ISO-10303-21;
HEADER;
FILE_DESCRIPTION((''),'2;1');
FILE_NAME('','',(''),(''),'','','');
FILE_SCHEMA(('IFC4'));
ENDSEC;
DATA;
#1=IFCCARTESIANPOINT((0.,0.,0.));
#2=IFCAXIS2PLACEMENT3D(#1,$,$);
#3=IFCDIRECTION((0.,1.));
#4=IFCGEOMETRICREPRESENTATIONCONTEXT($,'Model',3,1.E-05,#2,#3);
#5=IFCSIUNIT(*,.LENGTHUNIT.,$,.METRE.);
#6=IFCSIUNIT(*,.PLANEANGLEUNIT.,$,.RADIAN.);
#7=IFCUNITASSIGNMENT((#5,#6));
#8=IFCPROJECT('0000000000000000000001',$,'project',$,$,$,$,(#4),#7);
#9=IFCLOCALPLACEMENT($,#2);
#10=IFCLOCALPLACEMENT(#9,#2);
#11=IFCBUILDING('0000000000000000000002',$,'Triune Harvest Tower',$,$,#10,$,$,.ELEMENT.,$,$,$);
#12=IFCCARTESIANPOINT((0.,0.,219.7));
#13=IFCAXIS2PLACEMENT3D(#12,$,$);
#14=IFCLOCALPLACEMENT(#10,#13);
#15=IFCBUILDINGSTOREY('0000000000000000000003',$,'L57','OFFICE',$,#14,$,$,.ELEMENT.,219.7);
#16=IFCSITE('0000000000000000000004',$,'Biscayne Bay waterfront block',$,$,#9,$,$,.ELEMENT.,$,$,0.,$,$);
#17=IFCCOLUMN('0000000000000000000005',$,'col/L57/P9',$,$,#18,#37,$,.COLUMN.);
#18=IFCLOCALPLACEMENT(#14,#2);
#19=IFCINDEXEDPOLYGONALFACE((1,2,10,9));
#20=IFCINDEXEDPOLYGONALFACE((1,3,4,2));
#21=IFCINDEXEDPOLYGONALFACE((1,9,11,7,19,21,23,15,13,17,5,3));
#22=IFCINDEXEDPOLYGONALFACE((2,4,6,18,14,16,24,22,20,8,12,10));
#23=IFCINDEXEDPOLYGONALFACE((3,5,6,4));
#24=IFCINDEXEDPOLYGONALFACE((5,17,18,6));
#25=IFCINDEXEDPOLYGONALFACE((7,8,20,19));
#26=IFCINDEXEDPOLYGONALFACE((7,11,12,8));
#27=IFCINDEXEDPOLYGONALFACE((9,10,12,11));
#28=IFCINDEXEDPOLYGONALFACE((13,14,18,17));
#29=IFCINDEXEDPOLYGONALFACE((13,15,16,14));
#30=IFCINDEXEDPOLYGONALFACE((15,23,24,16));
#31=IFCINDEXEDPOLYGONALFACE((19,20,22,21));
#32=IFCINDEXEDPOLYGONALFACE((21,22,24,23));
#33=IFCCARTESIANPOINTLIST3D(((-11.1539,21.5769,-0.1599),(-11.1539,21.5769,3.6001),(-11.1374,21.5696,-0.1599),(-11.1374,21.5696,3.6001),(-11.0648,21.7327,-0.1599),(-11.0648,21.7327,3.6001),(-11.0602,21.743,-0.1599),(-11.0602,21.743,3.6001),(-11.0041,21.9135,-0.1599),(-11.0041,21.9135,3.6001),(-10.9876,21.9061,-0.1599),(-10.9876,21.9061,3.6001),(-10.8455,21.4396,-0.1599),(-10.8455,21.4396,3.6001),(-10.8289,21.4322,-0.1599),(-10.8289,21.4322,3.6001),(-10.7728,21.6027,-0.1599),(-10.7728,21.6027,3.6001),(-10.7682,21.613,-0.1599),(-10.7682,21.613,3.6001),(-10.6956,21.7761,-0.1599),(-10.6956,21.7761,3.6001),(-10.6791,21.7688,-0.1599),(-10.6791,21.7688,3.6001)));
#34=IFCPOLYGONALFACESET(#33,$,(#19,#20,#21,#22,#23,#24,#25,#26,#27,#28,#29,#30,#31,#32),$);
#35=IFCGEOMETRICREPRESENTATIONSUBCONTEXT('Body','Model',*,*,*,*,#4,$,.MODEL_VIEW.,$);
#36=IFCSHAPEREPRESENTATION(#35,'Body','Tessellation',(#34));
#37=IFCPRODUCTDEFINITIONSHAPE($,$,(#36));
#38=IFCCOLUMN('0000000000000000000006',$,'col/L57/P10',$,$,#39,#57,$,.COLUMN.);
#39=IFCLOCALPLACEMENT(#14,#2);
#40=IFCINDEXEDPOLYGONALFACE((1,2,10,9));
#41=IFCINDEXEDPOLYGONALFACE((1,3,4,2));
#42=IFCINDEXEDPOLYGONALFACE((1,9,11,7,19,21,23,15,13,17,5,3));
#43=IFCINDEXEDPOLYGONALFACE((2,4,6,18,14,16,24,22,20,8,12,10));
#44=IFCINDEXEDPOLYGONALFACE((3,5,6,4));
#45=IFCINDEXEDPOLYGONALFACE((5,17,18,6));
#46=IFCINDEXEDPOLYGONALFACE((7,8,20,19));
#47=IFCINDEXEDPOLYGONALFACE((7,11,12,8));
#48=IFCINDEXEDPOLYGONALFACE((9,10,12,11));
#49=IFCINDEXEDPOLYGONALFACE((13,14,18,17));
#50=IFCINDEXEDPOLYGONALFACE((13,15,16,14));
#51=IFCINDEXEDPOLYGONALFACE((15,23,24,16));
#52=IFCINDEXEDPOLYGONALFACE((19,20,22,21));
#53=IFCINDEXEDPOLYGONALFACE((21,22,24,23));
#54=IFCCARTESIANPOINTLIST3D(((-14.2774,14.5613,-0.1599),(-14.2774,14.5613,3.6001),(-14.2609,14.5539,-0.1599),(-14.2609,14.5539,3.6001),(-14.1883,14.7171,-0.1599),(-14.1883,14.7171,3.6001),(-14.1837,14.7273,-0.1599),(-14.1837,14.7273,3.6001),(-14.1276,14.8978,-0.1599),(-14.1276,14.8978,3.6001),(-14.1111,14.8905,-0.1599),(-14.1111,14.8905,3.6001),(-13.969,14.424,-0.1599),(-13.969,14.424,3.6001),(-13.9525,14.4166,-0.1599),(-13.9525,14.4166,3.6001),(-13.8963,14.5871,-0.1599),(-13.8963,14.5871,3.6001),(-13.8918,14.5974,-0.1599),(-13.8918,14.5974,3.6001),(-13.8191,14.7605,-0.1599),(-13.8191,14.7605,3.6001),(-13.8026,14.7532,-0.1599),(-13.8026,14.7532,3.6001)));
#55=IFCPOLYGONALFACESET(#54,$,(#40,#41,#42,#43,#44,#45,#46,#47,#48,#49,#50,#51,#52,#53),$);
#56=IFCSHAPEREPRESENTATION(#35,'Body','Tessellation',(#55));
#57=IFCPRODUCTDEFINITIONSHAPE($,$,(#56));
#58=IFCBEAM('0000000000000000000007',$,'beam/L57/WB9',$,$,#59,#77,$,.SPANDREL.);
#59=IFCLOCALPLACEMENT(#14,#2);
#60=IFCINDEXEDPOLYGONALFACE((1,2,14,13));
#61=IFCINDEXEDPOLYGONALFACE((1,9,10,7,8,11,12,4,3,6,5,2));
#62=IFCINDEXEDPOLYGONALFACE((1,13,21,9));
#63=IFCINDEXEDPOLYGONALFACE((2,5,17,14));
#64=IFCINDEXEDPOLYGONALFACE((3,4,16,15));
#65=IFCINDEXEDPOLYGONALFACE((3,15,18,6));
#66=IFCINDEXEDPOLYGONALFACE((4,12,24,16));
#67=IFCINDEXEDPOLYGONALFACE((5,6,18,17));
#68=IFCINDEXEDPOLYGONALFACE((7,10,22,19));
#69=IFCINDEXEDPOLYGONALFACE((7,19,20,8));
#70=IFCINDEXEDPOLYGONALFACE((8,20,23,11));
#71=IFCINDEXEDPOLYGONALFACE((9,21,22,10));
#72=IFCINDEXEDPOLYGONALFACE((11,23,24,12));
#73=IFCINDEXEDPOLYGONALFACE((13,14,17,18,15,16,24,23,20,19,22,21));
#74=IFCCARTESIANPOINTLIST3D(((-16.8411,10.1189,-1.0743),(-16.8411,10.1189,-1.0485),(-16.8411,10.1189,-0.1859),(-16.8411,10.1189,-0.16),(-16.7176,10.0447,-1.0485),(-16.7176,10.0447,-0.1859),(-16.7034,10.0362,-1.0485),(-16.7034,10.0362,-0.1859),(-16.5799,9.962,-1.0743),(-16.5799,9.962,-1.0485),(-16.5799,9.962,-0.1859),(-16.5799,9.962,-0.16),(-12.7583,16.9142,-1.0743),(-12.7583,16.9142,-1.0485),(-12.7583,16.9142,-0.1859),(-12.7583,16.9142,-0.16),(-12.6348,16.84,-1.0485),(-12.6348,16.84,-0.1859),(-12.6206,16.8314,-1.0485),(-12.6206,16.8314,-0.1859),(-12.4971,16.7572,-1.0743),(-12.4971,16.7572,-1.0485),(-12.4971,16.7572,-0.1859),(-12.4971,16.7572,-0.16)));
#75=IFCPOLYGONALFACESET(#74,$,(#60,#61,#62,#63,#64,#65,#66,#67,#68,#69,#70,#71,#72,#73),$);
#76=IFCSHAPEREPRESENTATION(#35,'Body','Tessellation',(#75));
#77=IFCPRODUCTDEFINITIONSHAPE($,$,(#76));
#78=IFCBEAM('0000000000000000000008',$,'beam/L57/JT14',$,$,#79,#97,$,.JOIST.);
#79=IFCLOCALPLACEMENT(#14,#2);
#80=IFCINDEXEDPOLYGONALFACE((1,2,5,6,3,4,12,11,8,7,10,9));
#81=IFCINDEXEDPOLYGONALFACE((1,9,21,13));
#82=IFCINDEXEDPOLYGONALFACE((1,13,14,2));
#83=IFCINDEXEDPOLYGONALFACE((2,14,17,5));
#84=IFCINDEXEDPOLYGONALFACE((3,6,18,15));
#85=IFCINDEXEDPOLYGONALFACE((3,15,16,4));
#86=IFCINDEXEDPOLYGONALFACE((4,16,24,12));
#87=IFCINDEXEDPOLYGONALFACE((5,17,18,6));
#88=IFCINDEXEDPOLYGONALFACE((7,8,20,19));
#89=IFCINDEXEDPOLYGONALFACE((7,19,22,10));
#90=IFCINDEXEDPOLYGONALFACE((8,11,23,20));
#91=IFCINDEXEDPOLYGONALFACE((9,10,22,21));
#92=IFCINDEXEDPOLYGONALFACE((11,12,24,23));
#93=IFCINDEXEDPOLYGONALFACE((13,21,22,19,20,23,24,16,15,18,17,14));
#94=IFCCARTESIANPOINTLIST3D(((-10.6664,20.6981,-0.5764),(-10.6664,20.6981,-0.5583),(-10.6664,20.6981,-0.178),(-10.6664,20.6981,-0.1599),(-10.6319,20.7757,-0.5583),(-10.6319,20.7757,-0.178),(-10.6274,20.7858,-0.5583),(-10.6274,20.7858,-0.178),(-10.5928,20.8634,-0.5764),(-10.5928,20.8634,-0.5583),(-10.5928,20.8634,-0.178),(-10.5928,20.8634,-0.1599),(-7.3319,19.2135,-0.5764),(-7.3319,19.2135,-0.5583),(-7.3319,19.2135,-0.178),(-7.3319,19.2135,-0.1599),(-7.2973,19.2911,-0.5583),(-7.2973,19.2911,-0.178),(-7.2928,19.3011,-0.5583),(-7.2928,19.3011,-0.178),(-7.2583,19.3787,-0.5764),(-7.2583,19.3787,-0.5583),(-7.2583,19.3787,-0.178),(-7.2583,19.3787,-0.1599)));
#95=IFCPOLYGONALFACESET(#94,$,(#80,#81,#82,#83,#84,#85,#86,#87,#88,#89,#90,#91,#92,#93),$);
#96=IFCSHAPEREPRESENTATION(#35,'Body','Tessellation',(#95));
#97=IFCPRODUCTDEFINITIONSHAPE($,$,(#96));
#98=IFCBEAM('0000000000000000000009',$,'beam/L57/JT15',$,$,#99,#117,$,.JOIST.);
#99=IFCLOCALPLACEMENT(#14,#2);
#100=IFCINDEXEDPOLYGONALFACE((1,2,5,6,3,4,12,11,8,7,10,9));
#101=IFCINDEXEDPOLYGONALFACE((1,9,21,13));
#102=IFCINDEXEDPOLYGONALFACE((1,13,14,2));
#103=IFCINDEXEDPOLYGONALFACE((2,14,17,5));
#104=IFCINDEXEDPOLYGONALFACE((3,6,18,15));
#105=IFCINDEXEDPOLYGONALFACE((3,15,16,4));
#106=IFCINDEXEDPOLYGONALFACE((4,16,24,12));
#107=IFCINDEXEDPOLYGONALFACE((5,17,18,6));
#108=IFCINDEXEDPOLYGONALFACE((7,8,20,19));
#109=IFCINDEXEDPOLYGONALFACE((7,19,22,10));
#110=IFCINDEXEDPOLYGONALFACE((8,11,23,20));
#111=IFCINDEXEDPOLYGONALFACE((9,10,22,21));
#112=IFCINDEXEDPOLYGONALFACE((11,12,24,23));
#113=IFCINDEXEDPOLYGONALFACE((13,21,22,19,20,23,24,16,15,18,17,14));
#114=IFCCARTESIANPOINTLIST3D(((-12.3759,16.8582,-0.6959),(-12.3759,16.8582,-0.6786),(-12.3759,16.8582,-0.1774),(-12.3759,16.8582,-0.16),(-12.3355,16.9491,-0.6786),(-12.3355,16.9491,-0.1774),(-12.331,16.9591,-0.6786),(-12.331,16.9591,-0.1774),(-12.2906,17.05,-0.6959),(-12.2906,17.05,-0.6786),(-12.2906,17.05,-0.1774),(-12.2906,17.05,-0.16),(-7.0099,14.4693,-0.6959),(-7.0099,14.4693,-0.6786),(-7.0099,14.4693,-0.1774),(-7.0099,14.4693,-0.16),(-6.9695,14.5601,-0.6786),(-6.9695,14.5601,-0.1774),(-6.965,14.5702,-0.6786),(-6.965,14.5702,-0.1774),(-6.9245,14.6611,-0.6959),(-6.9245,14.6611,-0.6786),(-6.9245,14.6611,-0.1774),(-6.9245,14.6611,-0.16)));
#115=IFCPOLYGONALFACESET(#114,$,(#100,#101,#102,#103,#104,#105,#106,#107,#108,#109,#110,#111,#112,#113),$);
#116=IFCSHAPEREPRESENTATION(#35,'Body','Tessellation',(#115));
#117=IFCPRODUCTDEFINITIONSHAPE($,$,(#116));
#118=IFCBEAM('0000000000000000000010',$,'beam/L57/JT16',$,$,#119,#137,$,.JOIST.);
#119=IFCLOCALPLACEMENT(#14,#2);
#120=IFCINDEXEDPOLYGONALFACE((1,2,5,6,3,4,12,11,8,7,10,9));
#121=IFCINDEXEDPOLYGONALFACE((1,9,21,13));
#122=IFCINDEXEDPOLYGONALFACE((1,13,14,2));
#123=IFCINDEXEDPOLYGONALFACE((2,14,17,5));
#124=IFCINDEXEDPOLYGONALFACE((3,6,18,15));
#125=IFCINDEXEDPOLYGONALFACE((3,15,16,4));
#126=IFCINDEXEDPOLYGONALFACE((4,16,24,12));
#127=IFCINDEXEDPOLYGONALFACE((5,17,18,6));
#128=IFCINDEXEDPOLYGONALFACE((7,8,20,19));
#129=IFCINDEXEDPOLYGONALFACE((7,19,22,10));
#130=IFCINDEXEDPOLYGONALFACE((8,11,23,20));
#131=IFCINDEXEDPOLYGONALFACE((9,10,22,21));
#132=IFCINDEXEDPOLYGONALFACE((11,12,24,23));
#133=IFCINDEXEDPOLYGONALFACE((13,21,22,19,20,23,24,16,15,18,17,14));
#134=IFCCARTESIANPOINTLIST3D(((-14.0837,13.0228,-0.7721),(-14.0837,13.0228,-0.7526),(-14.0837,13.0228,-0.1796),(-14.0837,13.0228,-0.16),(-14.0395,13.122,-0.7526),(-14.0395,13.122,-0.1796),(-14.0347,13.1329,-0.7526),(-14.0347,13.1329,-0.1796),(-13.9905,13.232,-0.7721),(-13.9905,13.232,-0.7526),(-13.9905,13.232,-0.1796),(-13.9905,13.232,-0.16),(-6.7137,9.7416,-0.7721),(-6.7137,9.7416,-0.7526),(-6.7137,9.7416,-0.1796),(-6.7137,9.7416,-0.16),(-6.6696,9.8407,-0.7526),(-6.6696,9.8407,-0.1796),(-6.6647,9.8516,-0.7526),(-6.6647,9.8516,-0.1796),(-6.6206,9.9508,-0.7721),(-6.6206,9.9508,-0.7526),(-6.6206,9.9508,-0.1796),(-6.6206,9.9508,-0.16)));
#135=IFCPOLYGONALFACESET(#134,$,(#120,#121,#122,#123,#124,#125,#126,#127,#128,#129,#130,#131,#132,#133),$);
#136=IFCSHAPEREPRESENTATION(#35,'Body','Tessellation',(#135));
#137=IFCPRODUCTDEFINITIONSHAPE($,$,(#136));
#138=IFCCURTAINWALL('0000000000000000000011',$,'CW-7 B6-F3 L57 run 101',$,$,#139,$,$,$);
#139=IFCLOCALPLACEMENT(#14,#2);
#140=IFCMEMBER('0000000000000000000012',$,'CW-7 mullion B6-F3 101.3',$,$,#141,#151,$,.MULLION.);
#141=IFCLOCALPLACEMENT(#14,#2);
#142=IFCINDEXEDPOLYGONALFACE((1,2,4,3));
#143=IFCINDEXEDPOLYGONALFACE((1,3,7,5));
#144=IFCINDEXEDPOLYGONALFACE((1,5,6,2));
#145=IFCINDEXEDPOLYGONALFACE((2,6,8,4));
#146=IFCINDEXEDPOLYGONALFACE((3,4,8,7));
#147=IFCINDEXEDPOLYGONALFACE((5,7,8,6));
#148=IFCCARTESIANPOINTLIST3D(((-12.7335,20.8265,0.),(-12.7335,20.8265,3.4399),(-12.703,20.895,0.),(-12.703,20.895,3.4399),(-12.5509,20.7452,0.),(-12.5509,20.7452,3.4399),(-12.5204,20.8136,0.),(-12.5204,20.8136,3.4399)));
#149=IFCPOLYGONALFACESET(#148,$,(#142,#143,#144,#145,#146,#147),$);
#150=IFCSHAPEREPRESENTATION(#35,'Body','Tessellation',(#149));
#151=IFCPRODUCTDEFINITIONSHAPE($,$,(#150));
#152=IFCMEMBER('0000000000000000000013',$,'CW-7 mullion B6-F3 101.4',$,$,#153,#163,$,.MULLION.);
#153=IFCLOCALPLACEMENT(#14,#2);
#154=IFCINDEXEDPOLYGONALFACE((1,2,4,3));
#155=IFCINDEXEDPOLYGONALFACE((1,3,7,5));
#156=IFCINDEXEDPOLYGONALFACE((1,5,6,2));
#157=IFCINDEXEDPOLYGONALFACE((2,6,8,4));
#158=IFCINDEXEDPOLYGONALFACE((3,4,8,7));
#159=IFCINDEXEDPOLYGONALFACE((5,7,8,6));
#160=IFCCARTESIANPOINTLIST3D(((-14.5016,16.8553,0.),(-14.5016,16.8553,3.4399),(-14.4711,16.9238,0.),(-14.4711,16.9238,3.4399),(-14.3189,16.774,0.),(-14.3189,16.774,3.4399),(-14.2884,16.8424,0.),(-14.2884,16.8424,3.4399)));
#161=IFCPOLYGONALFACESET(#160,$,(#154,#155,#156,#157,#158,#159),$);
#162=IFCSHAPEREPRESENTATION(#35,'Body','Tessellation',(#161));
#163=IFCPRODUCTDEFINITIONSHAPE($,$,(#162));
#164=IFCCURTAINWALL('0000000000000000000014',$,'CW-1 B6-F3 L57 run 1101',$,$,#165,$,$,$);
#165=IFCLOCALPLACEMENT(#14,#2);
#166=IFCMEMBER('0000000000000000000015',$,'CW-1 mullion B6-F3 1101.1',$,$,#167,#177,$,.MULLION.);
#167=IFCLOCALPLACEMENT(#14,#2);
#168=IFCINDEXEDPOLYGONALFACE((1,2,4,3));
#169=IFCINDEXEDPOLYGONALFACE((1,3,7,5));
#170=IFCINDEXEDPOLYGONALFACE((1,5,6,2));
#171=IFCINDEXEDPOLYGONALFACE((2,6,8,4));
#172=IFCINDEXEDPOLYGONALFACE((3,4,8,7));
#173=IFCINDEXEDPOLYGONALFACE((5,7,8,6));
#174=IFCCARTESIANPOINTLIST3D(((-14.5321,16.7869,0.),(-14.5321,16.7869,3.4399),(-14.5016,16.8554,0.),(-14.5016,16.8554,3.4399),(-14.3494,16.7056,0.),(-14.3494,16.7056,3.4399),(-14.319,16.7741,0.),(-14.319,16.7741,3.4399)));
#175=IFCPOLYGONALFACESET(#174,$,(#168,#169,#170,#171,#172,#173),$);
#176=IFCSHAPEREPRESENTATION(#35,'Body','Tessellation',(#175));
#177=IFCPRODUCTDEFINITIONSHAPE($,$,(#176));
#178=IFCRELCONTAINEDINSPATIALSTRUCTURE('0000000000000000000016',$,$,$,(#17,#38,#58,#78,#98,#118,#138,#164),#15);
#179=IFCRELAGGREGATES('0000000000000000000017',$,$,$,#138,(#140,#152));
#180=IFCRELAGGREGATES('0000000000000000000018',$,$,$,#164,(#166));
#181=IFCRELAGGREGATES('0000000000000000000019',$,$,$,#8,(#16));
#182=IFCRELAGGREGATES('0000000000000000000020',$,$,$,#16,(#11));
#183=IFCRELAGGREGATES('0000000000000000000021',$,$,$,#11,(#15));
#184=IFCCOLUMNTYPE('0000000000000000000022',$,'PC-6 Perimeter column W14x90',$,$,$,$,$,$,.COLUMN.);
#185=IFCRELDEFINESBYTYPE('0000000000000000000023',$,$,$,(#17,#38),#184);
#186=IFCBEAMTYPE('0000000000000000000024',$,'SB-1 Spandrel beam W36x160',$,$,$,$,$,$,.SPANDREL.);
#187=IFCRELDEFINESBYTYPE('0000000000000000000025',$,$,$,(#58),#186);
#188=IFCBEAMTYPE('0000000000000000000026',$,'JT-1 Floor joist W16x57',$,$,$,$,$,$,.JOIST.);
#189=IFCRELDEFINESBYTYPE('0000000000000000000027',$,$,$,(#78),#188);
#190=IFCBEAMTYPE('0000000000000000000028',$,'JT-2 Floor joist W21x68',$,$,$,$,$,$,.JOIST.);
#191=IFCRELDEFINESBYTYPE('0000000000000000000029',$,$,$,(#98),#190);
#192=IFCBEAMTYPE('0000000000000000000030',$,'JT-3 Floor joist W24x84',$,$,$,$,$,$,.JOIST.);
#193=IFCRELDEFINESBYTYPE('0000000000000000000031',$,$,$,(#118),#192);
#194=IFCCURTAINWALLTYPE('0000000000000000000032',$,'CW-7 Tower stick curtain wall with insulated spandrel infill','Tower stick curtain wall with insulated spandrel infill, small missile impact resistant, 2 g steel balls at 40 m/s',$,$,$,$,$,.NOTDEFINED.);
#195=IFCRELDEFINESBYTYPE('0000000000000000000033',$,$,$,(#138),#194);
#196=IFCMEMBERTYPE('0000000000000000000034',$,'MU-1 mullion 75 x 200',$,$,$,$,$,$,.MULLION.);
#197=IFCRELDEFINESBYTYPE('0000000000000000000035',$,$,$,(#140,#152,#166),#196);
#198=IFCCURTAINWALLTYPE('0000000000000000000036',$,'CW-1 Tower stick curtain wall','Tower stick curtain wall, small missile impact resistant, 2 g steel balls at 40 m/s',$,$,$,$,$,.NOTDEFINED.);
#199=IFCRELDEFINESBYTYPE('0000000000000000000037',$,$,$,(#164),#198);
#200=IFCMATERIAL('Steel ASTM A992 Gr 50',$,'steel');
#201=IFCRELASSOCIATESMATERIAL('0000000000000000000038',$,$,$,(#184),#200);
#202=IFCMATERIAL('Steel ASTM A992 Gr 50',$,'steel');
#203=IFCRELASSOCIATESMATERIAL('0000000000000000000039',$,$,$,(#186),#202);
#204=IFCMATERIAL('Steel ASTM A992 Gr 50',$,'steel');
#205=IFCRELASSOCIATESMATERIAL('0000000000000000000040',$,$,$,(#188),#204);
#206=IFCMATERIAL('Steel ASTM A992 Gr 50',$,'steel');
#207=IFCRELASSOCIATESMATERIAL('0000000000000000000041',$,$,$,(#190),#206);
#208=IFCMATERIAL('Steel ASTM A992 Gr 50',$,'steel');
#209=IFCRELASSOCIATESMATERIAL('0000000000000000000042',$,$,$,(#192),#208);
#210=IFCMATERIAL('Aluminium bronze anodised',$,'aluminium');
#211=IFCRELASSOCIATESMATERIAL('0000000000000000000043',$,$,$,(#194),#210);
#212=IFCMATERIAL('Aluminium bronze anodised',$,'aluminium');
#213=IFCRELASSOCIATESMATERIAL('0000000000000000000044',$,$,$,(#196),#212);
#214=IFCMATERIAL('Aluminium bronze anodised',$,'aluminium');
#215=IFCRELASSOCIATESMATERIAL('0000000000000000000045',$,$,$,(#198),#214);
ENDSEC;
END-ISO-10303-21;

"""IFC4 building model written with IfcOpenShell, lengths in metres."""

from ifc_helpers import new_model, si_unit, direction, frame, origin, origin_2d, place, context, subcontext, project, spatial, rectangle, i_section, extrude, source, transform, mapped, material, material_profile, profile_set, type_object, element, aggregate, save


model = new_model("IFC4")

# Units and contexts
model_context = context("Model", 3, precision=1e-05, world=origin(), true_north=direction((0.0, 1.0)))
body_context = subcontext(model_context, "Body", "Model", "MODEL_VIEW")
ifc_project = project(units=[si_unit("LENGTHUNIT", "METRE"), si_unit("PLANEANGLEUNIT", "RADIAN")], contexts=[model_context])

# Site, building, storey
site_placement = place(None, origin())
site = spatial("IfcSite", under=ifc_project, at=site_placement, Name="Biscayne Bay waterfront block", CompositionType="ELEMENT", RefElevation=0.0)
building_placement = place(site_placement, origin())
building = spatial("IfcBuilding", under=site, at=building_placement, Name="Triune Harvest Tower", CompositionType="ELEMENT")
storey_placement = place(building_placement, frame((0.0, 0.0, 219.7)))
storey = spatial("IfcBuildingStorey", under=building, at=storey_placement, Name="L57", Description="OFFICE", CompositionType="ELEMENT", Elevation=219.7)

# Columns
ifc_material_1 = material(Name="Steel ASTM A992 Gr 50", Category="steel")
ifc_material_profile_1 = material_profile(ifc_material_1, i_section(OverallWidth=0.3684, OverallDepth=0.3557, WebThickness=0.0112, FlangeThickness=0.0181, at=origin_2d()), Name="W14x90")
ifc_profile_set_1 = profile_set([ifc_material_profile_1], Name="Steel ASTM A992 Gr 50")
column_type = type_object("IfcColumnType", Name="PC-6 Perimeter column W14x90", PredefinedType="COLUMN", material=ifc_profile_set_1)
shared_shape_1 = source(origin(), body_context, "Body", "SweptSolid", [
    extrude(i_section(OverallWidth=0.3684, OverallDepth=0.3557, WebThickness=0.0112, FlangeThickness=0.0181, at=origin_2d()), origin(), (0.0, 0.0, 1.0), 3.76),
])
for number, where, z_axis, x_axis, name in (
    (1, (-10.9165, 21.6729, -0.1599), (0.0, 0.0, 1.0), (-0.406738, -0.913545, 0.0), "col/L57/P9"),
    (2, (-14.04, 14.6572, -0.1599), (0.0, 0.0, 1.0), (-0.406738, -0.913545, 0.0), "col/L57/P10"),
):
    element("IfcColumn", number, at=place(storey_placement, frame(where, z_axis=z_axis, x_axis=x_axis)), inside=storey, type_object=column_type, Name=name, PredefinedType="COLUMN", context=body_context, shape_type="MappedRepresentation", body=[
        mapped(shared_shape_1, transform((0.0, 0.0, 0.0), scale=1.0)),
    ])

# Beams
ifc_material_2 = material(Name="Steel ASTM A992 Gr 50", Category="steel")
ifc_material_profile_2 = material_profile(ifc_material_2, i_section(OverallWidth=0.3047, OverallDepth=0.9143, WebThickness=0.0166, FlangeThickness=0.0259, at=origin_2d()), Name="W36x160")
ifc_profile_set_2 = profile_set([ifc_material_profile_2], Name="Steel ASTM A992 Gr 50")
beam_type_1 = type_object("IfcBeamType", Name="SB-1 Spandrel beam W36x160", PredefinedType="SPANDREL", material=ifc_profile_set_2)
beam_1_placement = place(storey_placement, frame((-12.6277, 16.8357, -0.6172), z_axis=(-0.515021, -0.857178, 0.0), x_axis=(0.857178, -0.515021, 0.0)))
element("IfcBeam", 3, at=beam_1_placement, inside=storey, type_object=beam_type_1, Name="beam/L57/WB9", PredefinedType="SPANDREL", context=body_context, shape_type="SweptSolid", body=[
    extrude(i_section(OverallWidth=0.3047, OverallDepth=0.9143, WebThickness=0.0166, FlangeThickness=0.0259, at=origin_2d()), origin(), (0.0, 0.0, 1.0), 7.9275),
])
ifc_material_3 = material(Name="Steel ASTM A992 Gr 50", Category="steel")
ifc_material_profile_3 = material_profile(ifc_material_3, i_section(OverallWidth=0.1809, OverallDepth=0.4165, WebThickness=0.011, FlangeThickness=0.0181, at=origin_2d()), Name="W16x57")
ifc_profile_set_3 = profile_set([ifc_material_profile_3], Name="Steel ASTM A992 Gr 50")
beam_type_2 = type_object("IfcBeamType", Name="JT-1 Floor joist W16x57", PredefinedType="JOIST", material=ifc_profile_set_3)
shared_shape_2 = source(origin(), body_context, "Body", "SweptSolid", [
    extrude(i_section(OverallWidth=0.1809, OverallDepth=0.4165, WebThickness=0.011, FlangeThickness=0.0181, at=origin_2d()), origin(), (0.0, 0.0, 1.0), 3.6501),
])
beam_2_placement = place(storey_placement, frame((-10.6296, 20.7808, -0.3682), z_axis=(0.913544, -0.40674, 0.0), x_axis=(0.40674, 0.913544, 0.0)))
element("IfcBeam", 4, at=beam_2_placement, inside=storey, type_object=beam_type_2, Name="beam/L57/JT14", PredefinedType="JOIST", context=body_context, shape_type="MappedRepresentation", body=[
    mapped(shared_shape_2, transform((0.0, 0.0, 0.0), scale=1.0)),
])
ifc_material_4 = material(Name="Steel ASTM A992 Gr 50", Category="steel")
ifc_material_profile_4 = material_profile(ifc_material_4, i_section(OverallWidth=0.21, OverallDepth=0.5359, WebThickness=0.011, FlangeThickness=0.0173, at=origin_2d()), Name="W21x68")
ifc_profile_set_4 = profile_set([ifc_material_profile_4], Name="Steel ASTM A992 Gr 50")
beam_type_3 = type_object("IfcBeamType", Name="JT-2 Floor joist W21x68", PredefinedType="JOIST", material=ifc_profile_set_4)
shared_shape_3 = source(origin(), body_context, "Body", "SweptSolid", [
    extrude(i_section(OverallWidth=0.21, OverallDepth=0.5359, WebThickness=0.011, FlangeThickness=0.0173, at=origin_2d()), origin(), (0.0, 0.0, 1.0), 5.8738),
])
beam_3_placement = place(storey_placement, frame((-12.3333, 16.9541, -0.428), z_axis=(0.913556, -0.406713, 0.0), x_axis=(0.406713, 0.913556, 0.0)))
element("IfcBeam", 5, at=beam_3_placement, inside=storey, type_object=beam_type_3, Name="beam/L57/JT15", PredefinedType="JOIST", context=body_context, shape_type="MappedRepresentation", body=[
    mapped(shared_shape_3, transform((0.0, 0.0, 0.0), scale=1.0)),
])
ifc_material_5 = material(Name="Steel ASTM A992 Gr 50", Category="steel")
ifc_material_profile_5 = material_profile(ifc_material_5, i_section(OverallWidth=0.229, OverallDepth=0.6121, WebThickness=0.012, FlangeThickness=0.0195, at=origin_2d()), Name="W24x84")
ifc_profile_set_5 = profile_set([ifc_material_profile_5], Name="Steel ASTM A992 Gr 50")
beam_type_4 = type_object("IfcBeamType", Name="JT-3 Floor joist W24x84", PredefinedType="JOIST", material=ifc_profile_set_5)
shared_shape_4 = source(origin(), body_context, "Body", "SweptSolid", [
    extrude(i_section(OverallWidth=0.229, OverallDepth=0.6121, WebThickness=0.012, FlangeThickness=0.0195, at=origin_2d()), origin(), (0.0, 0.0, 1.0), 8.0674),
])
beam_4_placement = place(storey_placement, frame((-14.0371, 13.1274, -0.4661), z_axis=(0.913547, -0.406734, 0.0), x_axis=(0.406734, 0.913547, 0.0)))
element("IfcBeam", 6, at=beam_4_placement, inside=storey, type_object=beam_type_4, Name="beam/L57/JT16", PredefinedType="JOIST", context=body_context, shape_type="MappedRepresentation", body=[
    mapped(shared_shape_4, transform((0.0, 0.0, 0.0), scale=1.0)),
])

# Curtain walls, members
ifc_material_6 = material(Name="Aluminium bronze anodised", Category="aluminium")
curtain_wall_type_1 = type_object("IfcCurtainWallType", Name="CW-7 Tower stick curtain wall with insulated spandrel infill", Description="Tower stick curtain wall with insulated spandrel infill, small missile impact resistant, 2 g steel balls at 40 m/s", PredefinedType="NOTDEFINED", material=ifc_material_6)
curtain_wall_1_placement = place(storey_placement, origin())
curtain_wall_1 = element("IfcCurtainWall", 7, at=curtain_wall_1_placement, inside=storey, type_object=curtain_wall_type_1, Name="CW-7 B6-F3 L57 run 101")
ifc_material_7 = material(Name="Aluminium bronze anodised", Category="aluminium")
ifc_material_profile_6 = material_profile(ifc_material_7, rectangle(XDim=0.2, YDim=0.075, at=origin_2d()), Name="MU-1 mullion 75 x 200")
ifc_profile_set_6 = profile_set([ifc_material_profile_6], Name="Aluminium bronze anodised")
member_type_1 = type_object("IfcMemberType", Name="MU-1 mullion 75 x 200", PredefinedType="MULLION", material=ifc_profile_set_6)
shared_shape_5 = source(origin(), body_context, "Body", "SweptSolid", [
    extrude(rectangle(XDim=0.2, YDim=0.075, at=origin_2d()), origin(), (0.0, 0.0, 1.0), 3.4399),
])
member_1_placement = place(storey_placement, frame((-12.627, 20.8201, 0.0), z_axis=(0.0, 0.0, 1.0), x_axis=(0.913543, -0.406743, 0.0)))
member_1 = element("IfcMember", 8, at=member_1_placement, type_object=member_type_1, Name="CW-7 mullion B6-F3 101.3", PredefinedType="MULLION", context=body_context, shape_type="MappedRepresentation", body=[
    mapped(shared_shape_5, transform((0.0, 0.0, 0.0), scale=1.0)),
])
member_2_placement = place(storey_placement, frame((-14.395, 16.8489, 0.0), z_axis=(0.0, 0.0, 1.0), x_axis=(0.913543, -0.406743, 0.0)))
member_2 = element("IfcMember", 9, at=member_2_placement, type_object=member_type_1, Name="CW-7 mullion B6-F3 101.4", PredefinedType="MULLION", context=body_context, shape_type="MappedRepresentation", body=[
    mapped(shared_shape_5, transform((0.0, 0.0, 0.0), scale=1.0)),
])
ifc_material_8 = material(Name="Aluminium bronze anodised", Category="aluminium")
curtain_wall_type_2 = type_object("IfcCurtainWallType", Name="CW-1 Tower stick curtain wall", Description="Tower stick curtain wall, small missile impact resistant, 2 g steel balls at 40 m/s", PredefinedType="NOTDEFINED", material=ifc_material_8)
curtain_wall_2_placement = place(storey_placement, origin())
curtain_wall_2 = element("IfcCurtainWall", 10, at=curtain_wall_2_placement, inside=storey, type_object=curtain_wall_type_2, Name="CW-1 B6-F3 L57 run 1101")
member_3_placement = place(storey_placement, frame((-14.4255, 16.7805, 0.0), z_axis=(0.0, 0.0, 1.0), x_axis=(0.913547, -0.406734, 0.0)))
member_3 = element("IfcMember", 11, at=member_3_placement, type_object=member_type_1, Name="CW-1 mullion B6-F3 1101.1", PredefinedType="MULLION", context=body_context, shape_type="MappedRepresentation", body=[
    mapped(shared_shape_5, transform((0.0, 0.0, 0.0), scale=1.0)),
])

aggregate(curtain_wall_1, [member_1, member_2])
aggregate(curtain_wall_2, [member_3])

save(model, "model.ifc")
